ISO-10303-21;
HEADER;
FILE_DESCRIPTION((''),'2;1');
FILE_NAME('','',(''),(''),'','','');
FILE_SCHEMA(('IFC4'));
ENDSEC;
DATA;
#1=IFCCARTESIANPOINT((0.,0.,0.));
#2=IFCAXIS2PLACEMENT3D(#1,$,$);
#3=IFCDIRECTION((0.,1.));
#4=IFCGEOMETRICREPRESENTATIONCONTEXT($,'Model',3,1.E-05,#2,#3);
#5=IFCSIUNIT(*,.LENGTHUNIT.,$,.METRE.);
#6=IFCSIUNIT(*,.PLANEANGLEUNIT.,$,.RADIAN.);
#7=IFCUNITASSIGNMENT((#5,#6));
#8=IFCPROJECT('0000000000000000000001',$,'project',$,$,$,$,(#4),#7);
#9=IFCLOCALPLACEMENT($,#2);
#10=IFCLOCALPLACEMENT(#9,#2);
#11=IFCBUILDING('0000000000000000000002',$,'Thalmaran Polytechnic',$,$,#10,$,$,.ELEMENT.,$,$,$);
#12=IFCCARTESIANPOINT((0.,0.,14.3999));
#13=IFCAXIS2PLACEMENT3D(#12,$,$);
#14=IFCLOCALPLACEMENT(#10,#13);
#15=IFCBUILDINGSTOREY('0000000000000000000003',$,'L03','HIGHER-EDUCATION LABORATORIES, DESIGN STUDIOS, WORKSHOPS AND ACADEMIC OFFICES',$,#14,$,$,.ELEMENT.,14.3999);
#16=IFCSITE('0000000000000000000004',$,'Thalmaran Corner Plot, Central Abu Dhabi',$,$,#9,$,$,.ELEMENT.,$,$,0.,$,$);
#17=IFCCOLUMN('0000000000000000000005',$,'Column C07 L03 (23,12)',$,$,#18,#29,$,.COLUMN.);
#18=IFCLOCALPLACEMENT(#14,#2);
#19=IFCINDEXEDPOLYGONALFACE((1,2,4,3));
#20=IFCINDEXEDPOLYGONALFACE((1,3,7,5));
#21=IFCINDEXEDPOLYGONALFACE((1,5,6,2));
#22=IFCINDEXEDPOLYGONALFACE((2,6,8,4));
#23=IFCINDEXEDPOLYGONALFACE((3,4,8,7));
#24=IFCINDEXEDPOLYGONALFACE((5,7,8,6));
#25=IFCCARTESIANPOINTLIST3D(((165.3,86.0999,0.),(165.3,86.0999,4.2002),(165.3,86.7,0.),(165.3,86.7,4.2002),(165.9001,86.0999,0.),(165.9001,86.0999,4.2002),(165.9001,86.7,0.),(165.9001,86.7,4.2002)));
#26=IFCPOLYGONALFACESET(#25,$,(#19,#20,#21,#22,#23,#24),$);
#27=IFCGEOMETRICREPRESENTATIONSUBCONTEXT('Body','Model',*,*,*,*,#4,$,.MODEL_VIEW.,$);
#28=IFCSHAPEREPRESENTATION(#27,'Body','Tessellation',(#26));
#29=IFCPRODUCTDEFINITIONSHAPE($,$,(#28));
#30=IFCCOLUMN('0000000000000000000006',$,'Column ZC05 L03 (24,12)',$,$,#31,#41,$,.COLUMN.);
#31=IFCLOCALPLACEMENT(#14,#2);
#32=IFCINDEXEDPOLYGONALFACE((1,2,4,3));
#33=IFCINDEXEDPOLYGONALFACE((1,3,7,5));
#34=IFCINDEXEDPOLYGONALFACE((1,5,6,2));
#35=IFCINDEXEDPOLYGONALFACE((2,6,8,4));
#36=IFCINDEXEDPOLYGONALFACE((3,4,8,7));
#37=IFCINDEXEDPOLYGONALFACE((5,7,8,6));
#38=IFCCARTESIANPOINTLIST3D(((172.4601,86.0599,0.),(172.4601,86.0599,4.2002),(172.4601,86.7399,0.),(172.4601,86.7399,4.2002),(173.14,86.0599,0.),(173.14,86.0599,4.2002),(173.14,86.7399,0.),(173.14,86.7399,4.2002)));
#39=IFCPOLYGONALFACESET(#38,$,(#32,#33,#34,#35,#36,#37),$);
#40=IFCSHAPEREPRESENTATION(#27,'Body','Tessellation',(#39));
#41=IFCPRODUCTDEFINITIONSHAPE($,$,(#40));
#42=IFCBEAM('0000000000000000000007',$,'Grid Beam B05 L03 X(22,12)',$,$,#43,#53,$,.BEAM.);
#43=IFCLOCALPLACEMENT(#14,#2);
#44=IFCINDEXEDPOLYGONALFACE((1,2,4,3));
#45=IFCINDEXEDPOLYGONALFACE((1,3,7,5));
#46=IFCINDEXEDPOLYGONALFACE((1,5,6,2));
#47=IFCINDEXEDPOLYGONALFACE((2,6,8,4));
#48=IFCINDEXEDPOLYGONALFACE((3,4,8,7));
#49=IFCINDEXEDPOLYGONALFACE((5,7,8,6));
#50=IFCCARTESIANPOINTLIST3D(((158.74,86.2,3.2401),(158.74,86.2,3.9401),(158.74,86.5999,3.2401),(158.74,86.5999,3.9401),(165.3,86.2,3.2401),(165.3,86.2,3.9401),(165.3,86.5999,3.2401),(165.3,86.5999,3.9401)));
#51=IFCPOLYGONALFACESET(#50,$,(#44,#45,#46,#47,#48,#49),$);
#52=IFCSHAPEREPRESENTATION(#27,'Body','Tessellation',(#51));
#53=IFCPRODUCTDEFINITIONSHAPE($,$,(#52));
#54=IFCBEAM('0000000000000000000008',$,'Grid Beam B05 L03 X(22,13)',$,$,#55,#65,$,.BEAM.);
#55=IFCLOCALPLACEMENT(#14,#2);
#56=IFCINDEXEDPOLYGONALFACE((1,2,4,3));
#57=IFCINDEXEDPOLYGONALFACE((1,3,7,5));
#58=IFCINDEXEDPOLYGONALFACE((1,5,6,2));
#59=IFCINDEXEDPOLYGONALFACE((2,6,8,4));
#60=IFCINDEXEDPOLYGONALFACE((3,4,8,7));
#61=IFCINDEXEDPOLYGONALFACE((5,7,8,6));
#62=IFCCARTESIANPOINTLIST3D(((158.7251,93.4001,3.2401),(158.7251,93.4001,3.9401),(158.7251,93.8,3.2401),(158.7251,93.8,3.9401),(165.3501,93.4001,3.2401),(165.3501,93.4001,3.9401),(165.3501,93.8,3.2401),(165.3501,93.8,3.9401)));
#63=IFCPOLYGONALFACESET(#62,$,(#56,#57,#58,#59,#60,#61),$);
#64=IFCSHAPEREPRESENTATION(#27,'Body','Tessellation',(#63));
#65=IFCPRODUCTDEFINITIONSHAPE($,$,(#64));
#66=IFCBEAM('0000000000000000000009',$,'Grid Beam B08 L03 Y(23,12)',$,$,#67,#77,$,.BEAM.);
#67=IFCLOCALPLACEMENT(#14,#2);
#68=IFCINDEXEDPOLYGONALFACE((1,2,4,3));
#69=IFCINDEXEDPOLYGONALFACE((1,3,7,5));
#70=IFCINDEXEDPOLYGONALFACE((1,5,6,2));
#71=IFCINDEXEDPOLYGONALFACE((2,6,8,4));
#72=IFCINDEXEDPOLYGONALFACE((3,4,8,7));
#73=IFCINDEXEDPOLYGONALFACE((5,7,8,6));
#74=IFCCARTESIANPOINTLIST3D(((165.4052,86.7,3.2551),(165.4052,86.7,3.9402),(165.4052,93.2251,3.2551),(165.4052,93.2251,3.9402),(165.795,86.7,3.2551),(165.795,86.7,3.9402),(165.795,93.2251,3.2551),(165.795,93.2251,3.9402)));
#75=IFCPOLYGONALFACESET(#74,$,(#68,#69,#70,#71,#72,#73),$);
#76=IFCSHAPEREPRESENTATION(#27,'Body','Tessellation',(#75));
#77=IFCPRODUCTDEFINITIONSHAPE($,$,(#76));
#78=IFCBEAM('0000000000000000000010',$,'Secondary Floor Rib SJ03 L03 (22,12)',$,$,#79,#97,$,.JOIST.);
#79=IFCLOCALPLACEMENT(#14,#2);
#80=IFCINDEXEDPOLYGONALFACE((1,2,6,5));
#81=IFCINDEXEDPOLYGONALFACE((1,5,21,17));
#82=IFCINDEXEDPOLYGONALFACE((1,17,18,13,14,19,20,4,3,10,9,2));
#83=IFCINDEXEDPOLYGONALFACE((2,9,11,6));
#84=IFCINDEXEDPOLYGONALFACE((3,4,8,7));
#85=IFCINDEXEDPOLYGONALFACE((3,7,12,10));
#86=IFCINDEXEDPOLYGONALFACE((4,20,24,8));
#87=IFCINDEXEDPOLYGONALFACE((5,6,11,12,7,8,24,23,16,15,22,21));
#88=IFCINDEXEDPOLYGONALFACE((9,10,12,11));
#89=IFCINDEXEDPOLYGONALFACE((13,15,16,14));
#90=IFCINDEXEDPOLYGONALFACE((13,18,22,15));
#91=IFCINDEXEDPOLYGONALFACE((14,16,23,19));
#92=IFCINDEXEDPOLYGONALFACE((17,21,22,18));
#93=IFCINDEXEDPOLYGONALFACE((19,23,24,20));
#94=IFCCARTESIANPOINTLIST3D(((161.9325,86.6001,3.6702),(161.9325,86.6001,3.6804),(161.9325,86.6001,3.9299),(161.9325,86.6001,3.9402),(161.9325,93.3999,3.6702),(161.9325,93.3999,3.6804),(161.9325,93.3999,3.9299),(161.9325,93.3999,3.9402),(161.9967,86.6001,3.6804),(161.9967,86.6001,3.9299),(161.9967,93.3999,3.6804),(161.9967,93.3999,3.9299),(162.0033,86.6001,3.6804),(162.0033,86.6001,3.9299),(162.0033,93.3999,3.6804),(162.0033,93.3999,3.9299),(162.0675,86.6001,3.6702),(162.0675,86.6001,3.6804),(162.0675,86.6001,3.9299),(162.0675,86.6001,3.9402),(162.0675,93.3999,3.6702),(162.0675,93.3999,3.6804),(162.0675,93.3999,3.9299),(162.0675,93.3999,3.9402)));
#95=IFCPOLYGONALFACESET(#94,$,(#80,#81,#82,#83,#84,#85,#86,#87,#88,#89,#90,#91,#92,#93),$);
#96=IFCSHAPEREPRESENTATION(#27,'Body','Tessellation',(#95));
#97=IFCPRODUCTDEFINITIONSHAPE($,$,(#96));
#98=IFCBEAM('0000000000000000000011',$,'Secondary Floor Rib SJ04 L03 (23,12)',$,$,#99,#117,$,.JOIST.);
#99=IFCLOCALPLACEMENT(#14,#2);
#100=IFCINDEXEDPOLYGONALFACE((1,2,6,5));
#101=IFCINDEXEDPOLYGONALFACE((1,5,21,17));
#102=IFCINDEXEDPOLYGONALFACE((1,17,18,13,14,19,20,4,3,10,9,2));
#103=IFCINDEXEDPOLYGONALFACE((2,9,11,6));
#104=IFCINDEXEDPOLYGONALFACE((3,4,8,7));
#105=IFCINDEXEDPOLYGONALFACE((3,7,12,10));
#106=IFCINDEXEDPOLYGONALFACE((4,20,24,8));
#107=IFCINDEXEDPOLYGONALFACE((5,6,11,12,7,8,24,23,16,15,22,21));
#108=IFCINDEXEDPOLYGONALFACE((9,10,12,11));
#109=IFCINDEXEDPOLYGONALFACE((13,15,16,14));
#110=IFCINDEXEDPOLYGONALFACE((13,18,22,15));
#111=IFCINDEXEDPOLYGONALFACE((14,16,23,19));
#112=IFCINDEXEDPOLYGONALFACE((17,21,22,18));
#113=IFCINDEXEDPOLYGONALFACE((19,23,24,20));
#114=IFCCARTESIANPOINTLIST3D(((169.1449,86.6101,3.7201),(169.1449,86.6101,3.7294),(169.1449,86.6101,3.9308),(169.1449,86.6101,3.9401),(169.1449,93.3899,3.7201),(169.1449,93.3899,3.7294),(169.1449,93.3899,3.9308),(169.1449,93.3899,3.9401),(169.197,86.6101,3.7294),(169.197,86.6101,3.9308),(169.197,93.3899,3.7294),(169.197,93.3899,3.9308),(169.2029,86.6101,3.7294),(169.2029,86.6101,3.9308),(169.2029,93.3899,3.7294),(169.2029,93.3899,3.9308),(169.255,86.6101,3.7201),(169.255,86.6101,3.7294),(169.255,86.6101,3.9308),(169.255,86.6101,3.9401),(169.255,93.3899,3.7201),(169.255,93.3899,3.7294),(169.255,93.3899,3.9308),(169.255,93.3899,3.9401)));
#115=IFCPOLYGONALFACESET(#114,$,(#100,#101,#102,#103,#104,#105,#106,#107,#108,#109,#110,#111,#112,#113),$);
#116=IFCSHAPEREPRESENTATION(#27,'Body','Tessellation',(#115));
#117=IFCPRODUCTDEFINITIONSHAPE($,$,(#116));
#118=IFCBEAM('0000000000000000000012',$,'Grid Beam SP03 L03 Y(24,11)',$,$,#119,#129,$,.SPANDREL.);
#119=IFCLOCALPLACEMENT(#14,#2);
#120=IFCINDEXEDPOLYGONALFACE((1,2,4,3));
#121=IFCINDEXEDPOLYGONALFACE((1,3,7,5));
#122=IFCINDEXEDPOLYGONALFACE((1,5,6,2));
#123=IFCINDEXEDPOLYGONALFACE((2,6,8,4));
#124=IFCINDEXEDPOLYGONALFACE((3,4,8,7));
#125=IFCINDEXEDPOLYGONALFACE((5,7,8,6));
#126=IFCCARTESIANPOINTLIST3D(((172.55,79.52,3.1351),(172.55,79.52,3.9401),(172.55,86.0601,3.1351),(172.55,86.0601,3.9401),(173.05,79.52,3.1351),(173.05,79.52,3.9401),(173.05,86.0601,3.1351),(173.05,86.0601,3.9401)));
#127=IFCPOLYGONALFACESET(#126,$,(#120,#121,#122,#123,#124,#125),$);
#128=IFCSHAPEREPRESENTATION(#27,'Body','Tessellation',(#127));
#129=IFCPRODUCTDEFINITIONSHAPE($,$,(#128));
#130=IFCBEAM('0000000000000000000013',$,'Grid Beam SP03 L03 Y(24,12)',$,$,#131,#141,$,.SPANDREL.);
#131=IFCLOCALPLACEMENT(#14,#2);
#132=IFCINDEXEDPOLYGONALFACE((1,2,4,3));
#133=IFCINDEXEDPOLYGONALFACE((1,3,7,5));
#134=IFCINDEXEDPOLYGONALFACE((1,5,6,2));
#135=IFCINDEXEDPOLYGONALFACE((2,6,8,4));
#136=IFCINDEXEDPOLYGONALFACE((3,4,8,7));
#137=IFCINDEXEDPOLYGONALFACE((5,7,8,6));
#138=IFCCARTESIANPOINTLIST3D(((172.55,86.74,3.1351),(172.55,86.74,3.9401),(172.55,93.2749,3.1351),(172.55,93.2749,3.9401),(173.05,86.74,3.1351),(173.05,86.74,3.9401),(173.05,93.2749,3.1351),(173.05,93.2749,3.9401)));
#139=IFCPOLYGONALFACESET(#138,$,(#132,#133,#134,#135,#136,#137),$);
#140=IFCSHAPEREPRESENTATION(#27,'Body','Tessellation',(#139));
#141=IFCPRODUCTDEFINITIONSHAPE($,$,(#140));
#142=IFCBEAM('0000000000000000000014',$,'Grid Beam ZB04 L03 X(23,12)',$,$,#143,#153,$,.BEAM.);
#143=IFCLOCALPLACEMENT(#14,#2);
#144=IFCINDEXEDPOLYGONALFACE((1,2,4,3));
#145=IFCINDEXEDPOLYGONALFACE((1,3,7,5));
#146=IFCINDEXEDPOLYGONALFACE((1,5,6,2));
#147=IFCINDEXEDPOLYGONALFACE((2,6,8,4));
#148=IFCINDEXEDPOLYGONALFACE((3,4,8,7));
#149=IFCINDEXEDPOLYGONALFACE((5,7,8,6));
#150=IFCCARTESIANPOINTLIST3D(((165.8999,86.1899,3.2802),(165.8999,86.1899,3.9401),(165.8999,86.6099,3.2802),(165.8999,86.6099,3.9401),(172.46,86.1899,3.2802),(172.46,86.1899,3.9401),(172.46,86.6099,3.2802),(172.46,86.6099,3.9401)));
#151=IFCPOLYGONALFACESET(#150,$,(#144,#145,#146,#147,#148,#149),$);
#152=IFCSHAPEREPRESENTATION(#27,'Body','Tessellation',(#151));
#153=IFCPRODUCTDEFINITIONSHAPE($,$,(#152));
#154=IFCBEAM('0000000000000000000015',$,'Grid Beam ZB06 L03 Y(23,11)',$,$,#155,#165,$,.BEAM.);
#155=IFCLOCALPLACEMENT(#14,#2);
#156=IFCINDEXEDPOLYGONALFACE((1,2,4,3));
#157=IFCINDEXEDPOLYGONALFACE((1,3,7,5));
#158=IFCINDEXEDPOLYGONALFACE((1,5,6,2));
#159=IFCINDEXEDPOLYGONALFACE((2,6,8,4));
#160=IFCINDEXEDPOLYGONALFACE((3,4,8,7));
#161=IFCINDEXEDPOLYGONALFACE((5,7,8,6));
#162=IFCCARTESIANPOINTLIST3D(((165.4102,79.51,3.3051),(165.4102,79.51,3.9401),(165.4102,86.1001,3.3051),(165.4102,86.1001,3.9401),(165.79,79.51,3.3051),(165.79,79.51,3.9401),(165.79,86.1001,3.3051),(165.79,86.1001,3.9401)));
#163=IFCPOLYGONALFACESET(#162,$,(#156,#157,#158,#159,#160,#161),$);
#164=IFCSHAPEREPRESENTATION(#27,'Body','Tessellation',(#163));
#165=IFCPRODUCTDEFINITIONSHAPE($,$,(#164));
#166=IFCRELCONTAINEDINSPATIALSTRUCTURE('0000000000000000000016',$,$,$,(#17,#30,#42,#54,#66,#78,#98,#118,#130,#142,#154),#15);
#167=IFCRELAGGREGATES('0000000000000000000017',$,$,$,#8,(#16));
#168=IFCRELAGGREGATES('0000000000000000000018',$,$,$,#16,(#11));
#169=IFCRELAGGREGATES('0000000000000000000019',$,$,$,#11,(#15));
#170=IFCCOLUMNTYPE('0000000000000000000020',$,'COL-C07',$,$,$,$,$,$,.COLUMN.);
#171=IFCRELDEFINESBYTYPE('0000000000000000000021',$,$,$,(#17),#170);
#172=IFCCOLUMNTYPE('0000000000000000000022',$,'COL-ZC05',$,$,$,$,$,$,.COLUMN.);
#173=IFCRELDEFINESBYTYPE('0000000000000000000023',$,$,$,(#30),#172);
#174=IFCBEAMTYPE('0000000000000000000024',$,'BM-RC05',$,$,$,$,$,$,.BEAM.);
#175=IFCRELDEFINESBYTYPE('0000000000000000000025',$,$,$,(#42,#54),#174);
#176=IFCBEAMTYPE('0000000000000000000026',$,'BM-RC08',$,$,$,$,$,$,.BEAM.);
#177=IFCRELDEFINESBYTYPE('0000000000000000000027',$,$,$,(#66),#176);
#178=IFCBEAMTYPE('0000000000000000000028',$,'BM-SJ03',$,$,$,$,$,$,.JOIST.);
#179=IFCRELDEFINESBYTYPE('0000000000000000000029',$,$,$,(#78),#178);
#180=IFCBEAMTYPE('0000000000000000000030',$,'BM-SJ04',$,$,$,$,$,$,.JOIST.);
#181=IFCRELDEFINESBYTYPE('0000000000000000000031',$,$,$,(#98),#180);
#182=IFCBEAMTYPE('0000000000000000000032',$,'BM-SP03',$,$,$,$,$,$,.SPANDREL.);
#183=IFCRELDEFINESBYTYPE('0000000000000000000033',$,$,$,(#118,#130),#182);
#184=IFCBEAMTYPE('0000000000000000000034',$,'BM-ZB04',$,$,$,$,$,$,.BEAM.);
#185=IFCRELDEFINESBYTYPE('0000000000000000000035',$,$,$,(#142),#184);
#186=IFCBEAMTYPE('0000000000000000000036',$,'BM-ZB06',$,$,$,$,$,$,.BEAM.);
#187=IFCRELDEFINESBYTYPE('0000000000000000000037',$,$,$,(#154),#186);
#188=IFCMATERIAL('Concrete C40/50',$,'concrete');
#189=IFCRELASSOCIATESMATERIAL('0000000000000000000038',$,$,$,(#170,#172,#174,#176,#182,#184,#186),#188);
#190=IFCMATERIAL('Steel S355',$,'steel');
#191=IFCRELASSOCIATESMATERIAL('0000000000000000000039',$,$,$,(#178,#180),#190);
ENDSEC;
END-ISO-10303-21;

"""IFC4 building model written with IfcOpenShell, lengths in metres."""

from ifc_helpers import new_model, si_unit, direction, frame, origin, origin_2d, place, context, subcontext, project, spatial, rectangle, i_section, extrude, material, material_profile, profile_set, type_object, element, save


model = new_model("IFC4")

# Units and contexts
model_context = context("Model", 3, precision=1e-05, world=origin(), true_north=direction((0.0, 1.0)))
body_context = subcontext(model_context, "Body", "Model", "MODEL_VIEW")
ifc_project = project(units=[si_unit("LENGTHUNIT", "METRE"), si_unit("PLANEANGLEUNIT", "RADIAN")], contexts=[model_context])

# Site, building, storey
site_placement = place(None, origin())
site = spatial("IfcSite", under=ifc_project, at=site_placement, Name="Thalmaran Corner Plot, Central Abu Dhabi", CompositionType="ELEMENT", RefElevation=0.0)
building_placement = place(site_placement, origin())
building = spatial("IfcBuilding", under=site, at=building_placement, Name="Thalmaran Polytechnic", CompositionType="ELEMENT")
storey_placement = place(building_placement, frame((0.0, 0.0, 14.3999)))
storey = spatial("IfcBuildingStorey", under=building, at=storey_placement, Name="L03", Description="HIGHER-EDUCATION LABORATORIES, DESIGN STUDIOS, WORKSHOPS AND ACADEMIC OFFICES", CompositionType="ELEMENT", Elevation=14.3999)

# Columns
ifc_material_1 = material(Name="Concrete C40/50", Category="concrete")
ifc_material_profile_1 = material_profile(ifc_material_1, rectangle(XDim=0.6001, YDim=0.6001, at=origin_2d()), Name="RC 600x600")
ifc_profile_set_1 = profile_set([ifc_material_profile_1], Name="Concrete C40/50")
column_type_1 = type_object("IfcColumnType", Name="COL-C07", PredefinedType="COLUMN", material=ifc_profile_set_1)
column_1_placement = place(storey_placement, frame((165.6001, 86.3999, 0.0), z_axis=(0.0, 0.0, 1.0), x_axis=(1.0, 0.0, 0.0)))
element("IfcColumn", 1, at=column_1_placement, inside=storey, type_object=column_type_1, Name="Column C07 L03 (23,12)", PredefinedType="COLUMN", context=body_context, shape_type="SweptSolid", body=[
    extrude(rectangle(XDim=0.6001, YDim=0.6001, at=origin_2d()), origin(), (0.0, 0.0, 1.0), 4.2002),
])
ifc_material_profile_2 = material_profile(ifc_material_1, rectangle(XDim=0.6799, YDim=0.6799, at=origin_2d()), Name="RC 680x680")
ifc_profile_set_2 = profile_set([ifc_material_profile_2], Name="Concrete C40/50")
column_type_2 = type_object("IfcColumnType", Name="COL-ZC05", PredefinedType="COLUMN", material=ifc_profile_set_2)
column_2_placement = place(storey_placement, frame((172.8, 86.3999, 0.0), z_axis=(0.0, 0.0, 1.0), x_axis=(1.0, 0.0, 0.0)))
element("IfcColumn", 2, at=column_2_placement, inside=storey, type_object=column_type_2, Name="Column ZC05 L03 (24,12)", PredefinedType="COLUMN", context=body_context, shape_type="SweptSolid", body=[
    extrude(rectangle(XDim=0.6799, YDim=0.6799, at=origin_2d()), origin(), (0.0, 0.0, 1.0), 4.2002),
])

# Beams
ifc_material_profile_3 = material_profile(ifc_material_1, rectangle(XDim=0.3999, YDim=0.7, at=origin_2d()), Name="RC 400x700")
ifc_profile_set_3 = profile_set([ifc_material_profile_3], Name="Concrete C40/50")
beam_type_1 = type_object("IfcBeamType", Name="BM-RC05", PredefinedType="BEAM", material=ifc_profile_set_3)
beam_1_placement = place(storey_placement, frame((158.74, 86.3999, 3.5901), z_axis=(1.0, 0.0, 0.0), x_axis=(0.0, 1.0, 0.0)))
element("IfcBeam", 3, at=beam_1_placement, inside=storey, type_object=beam_type_1, Name="Grid Beam B05 L03 X(22,12)", PredefinedType="BEAM", context=body_context, shape_type="SweptSolid", body=[
    extrude(rectangle(XDim=0.3999, YDim=0.7, at=origin_2d()), origin(), (0.0, 0.0, 1.0), 6.5601),
])
beam_2_placement = place(storey_placement, frame((158.7251, 93.6001, 3.5901), z_axis=(1.0, 0.0, 0.0), x_axis=(0.0, 1.0, 0.0)))
element("IfcBeam", 4, at=beam_2_placement, inside=storey, type_object=beam_type_1, Name="Grid Beam B05 L03 X(22,13)", PredefinedType="BEAM", context=body_context, shape_type="SweptSolid", body=[
    extrude(rectangle(XDim=0.3999, YDim=0.7, at=origin_2d()), origin(), (0.0, 0.0, 1.0), 6.625),
])
ifc_material_profile_4 = material_profile(ifc_material_1, rectangle(XDim=0.3899, YDim=0.6851, at=origin_2d()), Name="RC 390x685")
ifc_profile_set_4 = profile_set([ifc_material_profile_4], Name="Concrete C40/50")
beam_type_2 = type_object("IfcBeamType", Name="BM-RC08", PredefinedType="BEAM", material=ifc_profile_set_4)
beam_3_placement = place(storey_placement, frame((165.6001, 86.7, 3.5977), z_axis=(0.0, 1.0, 0.0), x_axis=(-1.0, 0.0, 0.0)))
element("IfcBeam", 5, at=beam_3_placement, inside=storey, type_object=beam_type_2, Name="Grid Beam B08 L03 Y(23,12)", PredefinedType="BEAM", context=body_context, shape_type="SweptSolid", body=[
    extrude(rectangle(XDim=0.3899, YDim=0.6851, at=origin_2d()), origin(), (0.0, 0.0, 1.0), 6.5251),
])
ifc_material_2 = material(Name="Steel S355", Category="steel")
ifc_material_profile_5 = material_profile(ifc_material_2, i_section(OverallWidth=0.135, OverallDepth=0.27, WebThickness=0.0066, FlangeThickness=0.0103, at=origin_2d()), Name="IPE 270")
ifc_profile_set_5 = profile_set([ifc_material_profile_5], Name="Steel S355")
beam_type_3 = type_object("IfcBeamType", Name="BM-SJ03", PredefinedType="JOIST", material=ifc_profile_set_5)
beam_4_placement = place(storey_placement, frame((162.0, 86.6001, 3.8052), z_axis=(0.0, 1.0, 0.0), x_axis=(-1.0, 0.0, 0.0)))
element("IfcBeam", 6, at=beam_4_placement, inside=storey, type_object=beam_type_3, Name="Secondary Floor Rib SJ03 L03 (22,12)", PredefinedType="JOIST", context=body_context, shape_type="SweptSolid", body=[
    extrude(i_section(OverallWidth=0.135, OverallDepth=0.27, WebThickness=0.0066, FlangeThickness=0.0103, at=origin_2d()), origin(), (0.0, 0.0, 1.0), 6.7998),
])
ifc_material_profile_6 = material_profile(ifc_material_2, i_section(OverallWidth=0.1101, OverallDepth=0.22, WebThickness=0.0059, FlangeThickness=0.0093, at=origin_2d()), Name="IPE 220")
ifc_profile_set_6 = profile_set([ifc_material_profile_6], Name="Steel S355")
beam_type_4 = type_object("IfcBeamType", Name="BM-SJ04", PredefinedType="JOIST", material=ifc_profile_set_6)
beam_5_placement = place(storey_placement, frame((169.2, 86.6101, 3.8301), z_axis=(0.0, 1.0, 0.0), x_axis=(-1.0, 0.0, 0.0)))
element("IfcBeam", 7, at=beam_5_placement, inside=storey, type_object=beam_type_4, Name="Secondary Floor Rib SJ04 L03 (23,12)", PredefinedType="JOIST", context=body_context, shape_type="SweptSolid", body=[
    extrude(i_section(OverallWidth=0.1101, OverallDepth=0.22, WebThickness=0.0059, FlangeThickness=0.0093, at=origin_2d()), origin(), (0.0, 0.0, 1.0), 6.7798),
])
ifc_material_profile_7 = material_profile(ifc_material_1, rectangle(XDim=0.5, YDim=0.8049, at=origin_2d()), Name="RC 500x805")
ifc_profile_set_7 = profile_set([ifc_material_profile_7], Name="Concrete C40/50")
beam_type_5 = type_object("IfcBeamType", Name="BM-SP03", PredefinedType="SPANDREL", material=ifc_profile_set_7)
beam_6_placement = place(storey_placement, frame((172.8, 79.52, 3.5376), z_axis=(0.0, 1.0, 0.0), x_axis=(-1.0, 0.0, 0.0)))
element("IfcBeam", 8, at=beam_6_placement, inside=storey, type_object=beam_type_5, Name="Grid Beam SP03 L03 Y(24,11)", PredefinedType="SPANDREL", context=body_context, shape_type="SweptSolid", body=[
    extrude(rectangle(XDim=0.5, YDim=0.8049, at=origin_2d()), origin(), (0.0, 0.0, 1.0), 6.54),
])
beam_7_placement = place(storey_placement, frame((172.8, 86.74, 3.5376), z_axis=(0.0, 1.0, 0.0), x_axis=(-1.0, 0.0, 0.0)))
element("IfcBeam", 9, at=beam_7_placement, inside=storey, type_object=beam_type_5, Name="Grid Beam SP03 L03 Y(24,12)", PredefinedType="SPANDREL", context=body_context, shape_type="SweptSolid", body=[
    extrude(rectangle(XDim=0.5, YDim=0.8049, at=origin_2d()), origin(), (0.0, 0.0, 1.0), 6.5349),
])
ifc_material_profile_8 = material_profile(ifc_material_1, rectangle(XDim=0.4199, YDim=0.6599, at=origin_2d()), Name="RC 420x660")
ifc_profile_set_8 = profile_set([ifc_material_profile_8], Name="Concrete C40/50")
beam_type_6 = type_object("IfcBeamType", Name="BM-ZB04", PredefinedType="BEAM", material=ifc_profile_set_8)
beam_8_placement = place(storey_placement, frame((165.8999, 86.3999, 3.6101), z_axis=(1.0, 0.0, 0.0), x_axis=(0.0, 1.0, 0.0)))
element("IfcBeam", 10, at=beam_8_placement, inside=storey, type_object=beam_type_6, Name="Grid Beam ZB04 L03 X(23,12)", PredefinedType="BEAM", context=body_context, shape_type="SweptSolid", body=[
    extrude(rectangle(XDim=0.4199, YDim=0.6599, at=origin_2d()), origin(), (0.0, 0.0, 1.0), 6.5601),
])
ifc_material_profile_9 = material_profile(ifc_material_1, rectangle(XDim=0.3799, YDim=0.635, at=origin_2d()), Name="RC 380x635")
ifc_profile_set_9 = profile_set([ifc_material_profile_9], Name="Concrete C40/50")
beam_type_7 = type_object("IfcBeamType", Name="BM-ZB06", PredefinedType="BEAM", material=ifc_profile_set_9)
beam_9_placement = place(storey_placement, frame((165.6001, 79.51, 3.6226), z_axis=(0.0, 1.0, 0.0), x_axis=(-1.0, 0.0, 0.0)))
element("IfcBeam", 11, at=beam_9_placement, inside=storey, type_object=beam_type_7, Name="Grid Beam ZB06 L03 Y(23,11)", PredefinedType="BEAM", context=body_context, shape_type="SweptSolid", body=[
    extrude(rectangle(XDim=0.3799, YDim=0.635, at=origin_2d()), origin(), (0.0, 0.0, 1.0), 6.5901),
])

save(model, "model.ifc")
